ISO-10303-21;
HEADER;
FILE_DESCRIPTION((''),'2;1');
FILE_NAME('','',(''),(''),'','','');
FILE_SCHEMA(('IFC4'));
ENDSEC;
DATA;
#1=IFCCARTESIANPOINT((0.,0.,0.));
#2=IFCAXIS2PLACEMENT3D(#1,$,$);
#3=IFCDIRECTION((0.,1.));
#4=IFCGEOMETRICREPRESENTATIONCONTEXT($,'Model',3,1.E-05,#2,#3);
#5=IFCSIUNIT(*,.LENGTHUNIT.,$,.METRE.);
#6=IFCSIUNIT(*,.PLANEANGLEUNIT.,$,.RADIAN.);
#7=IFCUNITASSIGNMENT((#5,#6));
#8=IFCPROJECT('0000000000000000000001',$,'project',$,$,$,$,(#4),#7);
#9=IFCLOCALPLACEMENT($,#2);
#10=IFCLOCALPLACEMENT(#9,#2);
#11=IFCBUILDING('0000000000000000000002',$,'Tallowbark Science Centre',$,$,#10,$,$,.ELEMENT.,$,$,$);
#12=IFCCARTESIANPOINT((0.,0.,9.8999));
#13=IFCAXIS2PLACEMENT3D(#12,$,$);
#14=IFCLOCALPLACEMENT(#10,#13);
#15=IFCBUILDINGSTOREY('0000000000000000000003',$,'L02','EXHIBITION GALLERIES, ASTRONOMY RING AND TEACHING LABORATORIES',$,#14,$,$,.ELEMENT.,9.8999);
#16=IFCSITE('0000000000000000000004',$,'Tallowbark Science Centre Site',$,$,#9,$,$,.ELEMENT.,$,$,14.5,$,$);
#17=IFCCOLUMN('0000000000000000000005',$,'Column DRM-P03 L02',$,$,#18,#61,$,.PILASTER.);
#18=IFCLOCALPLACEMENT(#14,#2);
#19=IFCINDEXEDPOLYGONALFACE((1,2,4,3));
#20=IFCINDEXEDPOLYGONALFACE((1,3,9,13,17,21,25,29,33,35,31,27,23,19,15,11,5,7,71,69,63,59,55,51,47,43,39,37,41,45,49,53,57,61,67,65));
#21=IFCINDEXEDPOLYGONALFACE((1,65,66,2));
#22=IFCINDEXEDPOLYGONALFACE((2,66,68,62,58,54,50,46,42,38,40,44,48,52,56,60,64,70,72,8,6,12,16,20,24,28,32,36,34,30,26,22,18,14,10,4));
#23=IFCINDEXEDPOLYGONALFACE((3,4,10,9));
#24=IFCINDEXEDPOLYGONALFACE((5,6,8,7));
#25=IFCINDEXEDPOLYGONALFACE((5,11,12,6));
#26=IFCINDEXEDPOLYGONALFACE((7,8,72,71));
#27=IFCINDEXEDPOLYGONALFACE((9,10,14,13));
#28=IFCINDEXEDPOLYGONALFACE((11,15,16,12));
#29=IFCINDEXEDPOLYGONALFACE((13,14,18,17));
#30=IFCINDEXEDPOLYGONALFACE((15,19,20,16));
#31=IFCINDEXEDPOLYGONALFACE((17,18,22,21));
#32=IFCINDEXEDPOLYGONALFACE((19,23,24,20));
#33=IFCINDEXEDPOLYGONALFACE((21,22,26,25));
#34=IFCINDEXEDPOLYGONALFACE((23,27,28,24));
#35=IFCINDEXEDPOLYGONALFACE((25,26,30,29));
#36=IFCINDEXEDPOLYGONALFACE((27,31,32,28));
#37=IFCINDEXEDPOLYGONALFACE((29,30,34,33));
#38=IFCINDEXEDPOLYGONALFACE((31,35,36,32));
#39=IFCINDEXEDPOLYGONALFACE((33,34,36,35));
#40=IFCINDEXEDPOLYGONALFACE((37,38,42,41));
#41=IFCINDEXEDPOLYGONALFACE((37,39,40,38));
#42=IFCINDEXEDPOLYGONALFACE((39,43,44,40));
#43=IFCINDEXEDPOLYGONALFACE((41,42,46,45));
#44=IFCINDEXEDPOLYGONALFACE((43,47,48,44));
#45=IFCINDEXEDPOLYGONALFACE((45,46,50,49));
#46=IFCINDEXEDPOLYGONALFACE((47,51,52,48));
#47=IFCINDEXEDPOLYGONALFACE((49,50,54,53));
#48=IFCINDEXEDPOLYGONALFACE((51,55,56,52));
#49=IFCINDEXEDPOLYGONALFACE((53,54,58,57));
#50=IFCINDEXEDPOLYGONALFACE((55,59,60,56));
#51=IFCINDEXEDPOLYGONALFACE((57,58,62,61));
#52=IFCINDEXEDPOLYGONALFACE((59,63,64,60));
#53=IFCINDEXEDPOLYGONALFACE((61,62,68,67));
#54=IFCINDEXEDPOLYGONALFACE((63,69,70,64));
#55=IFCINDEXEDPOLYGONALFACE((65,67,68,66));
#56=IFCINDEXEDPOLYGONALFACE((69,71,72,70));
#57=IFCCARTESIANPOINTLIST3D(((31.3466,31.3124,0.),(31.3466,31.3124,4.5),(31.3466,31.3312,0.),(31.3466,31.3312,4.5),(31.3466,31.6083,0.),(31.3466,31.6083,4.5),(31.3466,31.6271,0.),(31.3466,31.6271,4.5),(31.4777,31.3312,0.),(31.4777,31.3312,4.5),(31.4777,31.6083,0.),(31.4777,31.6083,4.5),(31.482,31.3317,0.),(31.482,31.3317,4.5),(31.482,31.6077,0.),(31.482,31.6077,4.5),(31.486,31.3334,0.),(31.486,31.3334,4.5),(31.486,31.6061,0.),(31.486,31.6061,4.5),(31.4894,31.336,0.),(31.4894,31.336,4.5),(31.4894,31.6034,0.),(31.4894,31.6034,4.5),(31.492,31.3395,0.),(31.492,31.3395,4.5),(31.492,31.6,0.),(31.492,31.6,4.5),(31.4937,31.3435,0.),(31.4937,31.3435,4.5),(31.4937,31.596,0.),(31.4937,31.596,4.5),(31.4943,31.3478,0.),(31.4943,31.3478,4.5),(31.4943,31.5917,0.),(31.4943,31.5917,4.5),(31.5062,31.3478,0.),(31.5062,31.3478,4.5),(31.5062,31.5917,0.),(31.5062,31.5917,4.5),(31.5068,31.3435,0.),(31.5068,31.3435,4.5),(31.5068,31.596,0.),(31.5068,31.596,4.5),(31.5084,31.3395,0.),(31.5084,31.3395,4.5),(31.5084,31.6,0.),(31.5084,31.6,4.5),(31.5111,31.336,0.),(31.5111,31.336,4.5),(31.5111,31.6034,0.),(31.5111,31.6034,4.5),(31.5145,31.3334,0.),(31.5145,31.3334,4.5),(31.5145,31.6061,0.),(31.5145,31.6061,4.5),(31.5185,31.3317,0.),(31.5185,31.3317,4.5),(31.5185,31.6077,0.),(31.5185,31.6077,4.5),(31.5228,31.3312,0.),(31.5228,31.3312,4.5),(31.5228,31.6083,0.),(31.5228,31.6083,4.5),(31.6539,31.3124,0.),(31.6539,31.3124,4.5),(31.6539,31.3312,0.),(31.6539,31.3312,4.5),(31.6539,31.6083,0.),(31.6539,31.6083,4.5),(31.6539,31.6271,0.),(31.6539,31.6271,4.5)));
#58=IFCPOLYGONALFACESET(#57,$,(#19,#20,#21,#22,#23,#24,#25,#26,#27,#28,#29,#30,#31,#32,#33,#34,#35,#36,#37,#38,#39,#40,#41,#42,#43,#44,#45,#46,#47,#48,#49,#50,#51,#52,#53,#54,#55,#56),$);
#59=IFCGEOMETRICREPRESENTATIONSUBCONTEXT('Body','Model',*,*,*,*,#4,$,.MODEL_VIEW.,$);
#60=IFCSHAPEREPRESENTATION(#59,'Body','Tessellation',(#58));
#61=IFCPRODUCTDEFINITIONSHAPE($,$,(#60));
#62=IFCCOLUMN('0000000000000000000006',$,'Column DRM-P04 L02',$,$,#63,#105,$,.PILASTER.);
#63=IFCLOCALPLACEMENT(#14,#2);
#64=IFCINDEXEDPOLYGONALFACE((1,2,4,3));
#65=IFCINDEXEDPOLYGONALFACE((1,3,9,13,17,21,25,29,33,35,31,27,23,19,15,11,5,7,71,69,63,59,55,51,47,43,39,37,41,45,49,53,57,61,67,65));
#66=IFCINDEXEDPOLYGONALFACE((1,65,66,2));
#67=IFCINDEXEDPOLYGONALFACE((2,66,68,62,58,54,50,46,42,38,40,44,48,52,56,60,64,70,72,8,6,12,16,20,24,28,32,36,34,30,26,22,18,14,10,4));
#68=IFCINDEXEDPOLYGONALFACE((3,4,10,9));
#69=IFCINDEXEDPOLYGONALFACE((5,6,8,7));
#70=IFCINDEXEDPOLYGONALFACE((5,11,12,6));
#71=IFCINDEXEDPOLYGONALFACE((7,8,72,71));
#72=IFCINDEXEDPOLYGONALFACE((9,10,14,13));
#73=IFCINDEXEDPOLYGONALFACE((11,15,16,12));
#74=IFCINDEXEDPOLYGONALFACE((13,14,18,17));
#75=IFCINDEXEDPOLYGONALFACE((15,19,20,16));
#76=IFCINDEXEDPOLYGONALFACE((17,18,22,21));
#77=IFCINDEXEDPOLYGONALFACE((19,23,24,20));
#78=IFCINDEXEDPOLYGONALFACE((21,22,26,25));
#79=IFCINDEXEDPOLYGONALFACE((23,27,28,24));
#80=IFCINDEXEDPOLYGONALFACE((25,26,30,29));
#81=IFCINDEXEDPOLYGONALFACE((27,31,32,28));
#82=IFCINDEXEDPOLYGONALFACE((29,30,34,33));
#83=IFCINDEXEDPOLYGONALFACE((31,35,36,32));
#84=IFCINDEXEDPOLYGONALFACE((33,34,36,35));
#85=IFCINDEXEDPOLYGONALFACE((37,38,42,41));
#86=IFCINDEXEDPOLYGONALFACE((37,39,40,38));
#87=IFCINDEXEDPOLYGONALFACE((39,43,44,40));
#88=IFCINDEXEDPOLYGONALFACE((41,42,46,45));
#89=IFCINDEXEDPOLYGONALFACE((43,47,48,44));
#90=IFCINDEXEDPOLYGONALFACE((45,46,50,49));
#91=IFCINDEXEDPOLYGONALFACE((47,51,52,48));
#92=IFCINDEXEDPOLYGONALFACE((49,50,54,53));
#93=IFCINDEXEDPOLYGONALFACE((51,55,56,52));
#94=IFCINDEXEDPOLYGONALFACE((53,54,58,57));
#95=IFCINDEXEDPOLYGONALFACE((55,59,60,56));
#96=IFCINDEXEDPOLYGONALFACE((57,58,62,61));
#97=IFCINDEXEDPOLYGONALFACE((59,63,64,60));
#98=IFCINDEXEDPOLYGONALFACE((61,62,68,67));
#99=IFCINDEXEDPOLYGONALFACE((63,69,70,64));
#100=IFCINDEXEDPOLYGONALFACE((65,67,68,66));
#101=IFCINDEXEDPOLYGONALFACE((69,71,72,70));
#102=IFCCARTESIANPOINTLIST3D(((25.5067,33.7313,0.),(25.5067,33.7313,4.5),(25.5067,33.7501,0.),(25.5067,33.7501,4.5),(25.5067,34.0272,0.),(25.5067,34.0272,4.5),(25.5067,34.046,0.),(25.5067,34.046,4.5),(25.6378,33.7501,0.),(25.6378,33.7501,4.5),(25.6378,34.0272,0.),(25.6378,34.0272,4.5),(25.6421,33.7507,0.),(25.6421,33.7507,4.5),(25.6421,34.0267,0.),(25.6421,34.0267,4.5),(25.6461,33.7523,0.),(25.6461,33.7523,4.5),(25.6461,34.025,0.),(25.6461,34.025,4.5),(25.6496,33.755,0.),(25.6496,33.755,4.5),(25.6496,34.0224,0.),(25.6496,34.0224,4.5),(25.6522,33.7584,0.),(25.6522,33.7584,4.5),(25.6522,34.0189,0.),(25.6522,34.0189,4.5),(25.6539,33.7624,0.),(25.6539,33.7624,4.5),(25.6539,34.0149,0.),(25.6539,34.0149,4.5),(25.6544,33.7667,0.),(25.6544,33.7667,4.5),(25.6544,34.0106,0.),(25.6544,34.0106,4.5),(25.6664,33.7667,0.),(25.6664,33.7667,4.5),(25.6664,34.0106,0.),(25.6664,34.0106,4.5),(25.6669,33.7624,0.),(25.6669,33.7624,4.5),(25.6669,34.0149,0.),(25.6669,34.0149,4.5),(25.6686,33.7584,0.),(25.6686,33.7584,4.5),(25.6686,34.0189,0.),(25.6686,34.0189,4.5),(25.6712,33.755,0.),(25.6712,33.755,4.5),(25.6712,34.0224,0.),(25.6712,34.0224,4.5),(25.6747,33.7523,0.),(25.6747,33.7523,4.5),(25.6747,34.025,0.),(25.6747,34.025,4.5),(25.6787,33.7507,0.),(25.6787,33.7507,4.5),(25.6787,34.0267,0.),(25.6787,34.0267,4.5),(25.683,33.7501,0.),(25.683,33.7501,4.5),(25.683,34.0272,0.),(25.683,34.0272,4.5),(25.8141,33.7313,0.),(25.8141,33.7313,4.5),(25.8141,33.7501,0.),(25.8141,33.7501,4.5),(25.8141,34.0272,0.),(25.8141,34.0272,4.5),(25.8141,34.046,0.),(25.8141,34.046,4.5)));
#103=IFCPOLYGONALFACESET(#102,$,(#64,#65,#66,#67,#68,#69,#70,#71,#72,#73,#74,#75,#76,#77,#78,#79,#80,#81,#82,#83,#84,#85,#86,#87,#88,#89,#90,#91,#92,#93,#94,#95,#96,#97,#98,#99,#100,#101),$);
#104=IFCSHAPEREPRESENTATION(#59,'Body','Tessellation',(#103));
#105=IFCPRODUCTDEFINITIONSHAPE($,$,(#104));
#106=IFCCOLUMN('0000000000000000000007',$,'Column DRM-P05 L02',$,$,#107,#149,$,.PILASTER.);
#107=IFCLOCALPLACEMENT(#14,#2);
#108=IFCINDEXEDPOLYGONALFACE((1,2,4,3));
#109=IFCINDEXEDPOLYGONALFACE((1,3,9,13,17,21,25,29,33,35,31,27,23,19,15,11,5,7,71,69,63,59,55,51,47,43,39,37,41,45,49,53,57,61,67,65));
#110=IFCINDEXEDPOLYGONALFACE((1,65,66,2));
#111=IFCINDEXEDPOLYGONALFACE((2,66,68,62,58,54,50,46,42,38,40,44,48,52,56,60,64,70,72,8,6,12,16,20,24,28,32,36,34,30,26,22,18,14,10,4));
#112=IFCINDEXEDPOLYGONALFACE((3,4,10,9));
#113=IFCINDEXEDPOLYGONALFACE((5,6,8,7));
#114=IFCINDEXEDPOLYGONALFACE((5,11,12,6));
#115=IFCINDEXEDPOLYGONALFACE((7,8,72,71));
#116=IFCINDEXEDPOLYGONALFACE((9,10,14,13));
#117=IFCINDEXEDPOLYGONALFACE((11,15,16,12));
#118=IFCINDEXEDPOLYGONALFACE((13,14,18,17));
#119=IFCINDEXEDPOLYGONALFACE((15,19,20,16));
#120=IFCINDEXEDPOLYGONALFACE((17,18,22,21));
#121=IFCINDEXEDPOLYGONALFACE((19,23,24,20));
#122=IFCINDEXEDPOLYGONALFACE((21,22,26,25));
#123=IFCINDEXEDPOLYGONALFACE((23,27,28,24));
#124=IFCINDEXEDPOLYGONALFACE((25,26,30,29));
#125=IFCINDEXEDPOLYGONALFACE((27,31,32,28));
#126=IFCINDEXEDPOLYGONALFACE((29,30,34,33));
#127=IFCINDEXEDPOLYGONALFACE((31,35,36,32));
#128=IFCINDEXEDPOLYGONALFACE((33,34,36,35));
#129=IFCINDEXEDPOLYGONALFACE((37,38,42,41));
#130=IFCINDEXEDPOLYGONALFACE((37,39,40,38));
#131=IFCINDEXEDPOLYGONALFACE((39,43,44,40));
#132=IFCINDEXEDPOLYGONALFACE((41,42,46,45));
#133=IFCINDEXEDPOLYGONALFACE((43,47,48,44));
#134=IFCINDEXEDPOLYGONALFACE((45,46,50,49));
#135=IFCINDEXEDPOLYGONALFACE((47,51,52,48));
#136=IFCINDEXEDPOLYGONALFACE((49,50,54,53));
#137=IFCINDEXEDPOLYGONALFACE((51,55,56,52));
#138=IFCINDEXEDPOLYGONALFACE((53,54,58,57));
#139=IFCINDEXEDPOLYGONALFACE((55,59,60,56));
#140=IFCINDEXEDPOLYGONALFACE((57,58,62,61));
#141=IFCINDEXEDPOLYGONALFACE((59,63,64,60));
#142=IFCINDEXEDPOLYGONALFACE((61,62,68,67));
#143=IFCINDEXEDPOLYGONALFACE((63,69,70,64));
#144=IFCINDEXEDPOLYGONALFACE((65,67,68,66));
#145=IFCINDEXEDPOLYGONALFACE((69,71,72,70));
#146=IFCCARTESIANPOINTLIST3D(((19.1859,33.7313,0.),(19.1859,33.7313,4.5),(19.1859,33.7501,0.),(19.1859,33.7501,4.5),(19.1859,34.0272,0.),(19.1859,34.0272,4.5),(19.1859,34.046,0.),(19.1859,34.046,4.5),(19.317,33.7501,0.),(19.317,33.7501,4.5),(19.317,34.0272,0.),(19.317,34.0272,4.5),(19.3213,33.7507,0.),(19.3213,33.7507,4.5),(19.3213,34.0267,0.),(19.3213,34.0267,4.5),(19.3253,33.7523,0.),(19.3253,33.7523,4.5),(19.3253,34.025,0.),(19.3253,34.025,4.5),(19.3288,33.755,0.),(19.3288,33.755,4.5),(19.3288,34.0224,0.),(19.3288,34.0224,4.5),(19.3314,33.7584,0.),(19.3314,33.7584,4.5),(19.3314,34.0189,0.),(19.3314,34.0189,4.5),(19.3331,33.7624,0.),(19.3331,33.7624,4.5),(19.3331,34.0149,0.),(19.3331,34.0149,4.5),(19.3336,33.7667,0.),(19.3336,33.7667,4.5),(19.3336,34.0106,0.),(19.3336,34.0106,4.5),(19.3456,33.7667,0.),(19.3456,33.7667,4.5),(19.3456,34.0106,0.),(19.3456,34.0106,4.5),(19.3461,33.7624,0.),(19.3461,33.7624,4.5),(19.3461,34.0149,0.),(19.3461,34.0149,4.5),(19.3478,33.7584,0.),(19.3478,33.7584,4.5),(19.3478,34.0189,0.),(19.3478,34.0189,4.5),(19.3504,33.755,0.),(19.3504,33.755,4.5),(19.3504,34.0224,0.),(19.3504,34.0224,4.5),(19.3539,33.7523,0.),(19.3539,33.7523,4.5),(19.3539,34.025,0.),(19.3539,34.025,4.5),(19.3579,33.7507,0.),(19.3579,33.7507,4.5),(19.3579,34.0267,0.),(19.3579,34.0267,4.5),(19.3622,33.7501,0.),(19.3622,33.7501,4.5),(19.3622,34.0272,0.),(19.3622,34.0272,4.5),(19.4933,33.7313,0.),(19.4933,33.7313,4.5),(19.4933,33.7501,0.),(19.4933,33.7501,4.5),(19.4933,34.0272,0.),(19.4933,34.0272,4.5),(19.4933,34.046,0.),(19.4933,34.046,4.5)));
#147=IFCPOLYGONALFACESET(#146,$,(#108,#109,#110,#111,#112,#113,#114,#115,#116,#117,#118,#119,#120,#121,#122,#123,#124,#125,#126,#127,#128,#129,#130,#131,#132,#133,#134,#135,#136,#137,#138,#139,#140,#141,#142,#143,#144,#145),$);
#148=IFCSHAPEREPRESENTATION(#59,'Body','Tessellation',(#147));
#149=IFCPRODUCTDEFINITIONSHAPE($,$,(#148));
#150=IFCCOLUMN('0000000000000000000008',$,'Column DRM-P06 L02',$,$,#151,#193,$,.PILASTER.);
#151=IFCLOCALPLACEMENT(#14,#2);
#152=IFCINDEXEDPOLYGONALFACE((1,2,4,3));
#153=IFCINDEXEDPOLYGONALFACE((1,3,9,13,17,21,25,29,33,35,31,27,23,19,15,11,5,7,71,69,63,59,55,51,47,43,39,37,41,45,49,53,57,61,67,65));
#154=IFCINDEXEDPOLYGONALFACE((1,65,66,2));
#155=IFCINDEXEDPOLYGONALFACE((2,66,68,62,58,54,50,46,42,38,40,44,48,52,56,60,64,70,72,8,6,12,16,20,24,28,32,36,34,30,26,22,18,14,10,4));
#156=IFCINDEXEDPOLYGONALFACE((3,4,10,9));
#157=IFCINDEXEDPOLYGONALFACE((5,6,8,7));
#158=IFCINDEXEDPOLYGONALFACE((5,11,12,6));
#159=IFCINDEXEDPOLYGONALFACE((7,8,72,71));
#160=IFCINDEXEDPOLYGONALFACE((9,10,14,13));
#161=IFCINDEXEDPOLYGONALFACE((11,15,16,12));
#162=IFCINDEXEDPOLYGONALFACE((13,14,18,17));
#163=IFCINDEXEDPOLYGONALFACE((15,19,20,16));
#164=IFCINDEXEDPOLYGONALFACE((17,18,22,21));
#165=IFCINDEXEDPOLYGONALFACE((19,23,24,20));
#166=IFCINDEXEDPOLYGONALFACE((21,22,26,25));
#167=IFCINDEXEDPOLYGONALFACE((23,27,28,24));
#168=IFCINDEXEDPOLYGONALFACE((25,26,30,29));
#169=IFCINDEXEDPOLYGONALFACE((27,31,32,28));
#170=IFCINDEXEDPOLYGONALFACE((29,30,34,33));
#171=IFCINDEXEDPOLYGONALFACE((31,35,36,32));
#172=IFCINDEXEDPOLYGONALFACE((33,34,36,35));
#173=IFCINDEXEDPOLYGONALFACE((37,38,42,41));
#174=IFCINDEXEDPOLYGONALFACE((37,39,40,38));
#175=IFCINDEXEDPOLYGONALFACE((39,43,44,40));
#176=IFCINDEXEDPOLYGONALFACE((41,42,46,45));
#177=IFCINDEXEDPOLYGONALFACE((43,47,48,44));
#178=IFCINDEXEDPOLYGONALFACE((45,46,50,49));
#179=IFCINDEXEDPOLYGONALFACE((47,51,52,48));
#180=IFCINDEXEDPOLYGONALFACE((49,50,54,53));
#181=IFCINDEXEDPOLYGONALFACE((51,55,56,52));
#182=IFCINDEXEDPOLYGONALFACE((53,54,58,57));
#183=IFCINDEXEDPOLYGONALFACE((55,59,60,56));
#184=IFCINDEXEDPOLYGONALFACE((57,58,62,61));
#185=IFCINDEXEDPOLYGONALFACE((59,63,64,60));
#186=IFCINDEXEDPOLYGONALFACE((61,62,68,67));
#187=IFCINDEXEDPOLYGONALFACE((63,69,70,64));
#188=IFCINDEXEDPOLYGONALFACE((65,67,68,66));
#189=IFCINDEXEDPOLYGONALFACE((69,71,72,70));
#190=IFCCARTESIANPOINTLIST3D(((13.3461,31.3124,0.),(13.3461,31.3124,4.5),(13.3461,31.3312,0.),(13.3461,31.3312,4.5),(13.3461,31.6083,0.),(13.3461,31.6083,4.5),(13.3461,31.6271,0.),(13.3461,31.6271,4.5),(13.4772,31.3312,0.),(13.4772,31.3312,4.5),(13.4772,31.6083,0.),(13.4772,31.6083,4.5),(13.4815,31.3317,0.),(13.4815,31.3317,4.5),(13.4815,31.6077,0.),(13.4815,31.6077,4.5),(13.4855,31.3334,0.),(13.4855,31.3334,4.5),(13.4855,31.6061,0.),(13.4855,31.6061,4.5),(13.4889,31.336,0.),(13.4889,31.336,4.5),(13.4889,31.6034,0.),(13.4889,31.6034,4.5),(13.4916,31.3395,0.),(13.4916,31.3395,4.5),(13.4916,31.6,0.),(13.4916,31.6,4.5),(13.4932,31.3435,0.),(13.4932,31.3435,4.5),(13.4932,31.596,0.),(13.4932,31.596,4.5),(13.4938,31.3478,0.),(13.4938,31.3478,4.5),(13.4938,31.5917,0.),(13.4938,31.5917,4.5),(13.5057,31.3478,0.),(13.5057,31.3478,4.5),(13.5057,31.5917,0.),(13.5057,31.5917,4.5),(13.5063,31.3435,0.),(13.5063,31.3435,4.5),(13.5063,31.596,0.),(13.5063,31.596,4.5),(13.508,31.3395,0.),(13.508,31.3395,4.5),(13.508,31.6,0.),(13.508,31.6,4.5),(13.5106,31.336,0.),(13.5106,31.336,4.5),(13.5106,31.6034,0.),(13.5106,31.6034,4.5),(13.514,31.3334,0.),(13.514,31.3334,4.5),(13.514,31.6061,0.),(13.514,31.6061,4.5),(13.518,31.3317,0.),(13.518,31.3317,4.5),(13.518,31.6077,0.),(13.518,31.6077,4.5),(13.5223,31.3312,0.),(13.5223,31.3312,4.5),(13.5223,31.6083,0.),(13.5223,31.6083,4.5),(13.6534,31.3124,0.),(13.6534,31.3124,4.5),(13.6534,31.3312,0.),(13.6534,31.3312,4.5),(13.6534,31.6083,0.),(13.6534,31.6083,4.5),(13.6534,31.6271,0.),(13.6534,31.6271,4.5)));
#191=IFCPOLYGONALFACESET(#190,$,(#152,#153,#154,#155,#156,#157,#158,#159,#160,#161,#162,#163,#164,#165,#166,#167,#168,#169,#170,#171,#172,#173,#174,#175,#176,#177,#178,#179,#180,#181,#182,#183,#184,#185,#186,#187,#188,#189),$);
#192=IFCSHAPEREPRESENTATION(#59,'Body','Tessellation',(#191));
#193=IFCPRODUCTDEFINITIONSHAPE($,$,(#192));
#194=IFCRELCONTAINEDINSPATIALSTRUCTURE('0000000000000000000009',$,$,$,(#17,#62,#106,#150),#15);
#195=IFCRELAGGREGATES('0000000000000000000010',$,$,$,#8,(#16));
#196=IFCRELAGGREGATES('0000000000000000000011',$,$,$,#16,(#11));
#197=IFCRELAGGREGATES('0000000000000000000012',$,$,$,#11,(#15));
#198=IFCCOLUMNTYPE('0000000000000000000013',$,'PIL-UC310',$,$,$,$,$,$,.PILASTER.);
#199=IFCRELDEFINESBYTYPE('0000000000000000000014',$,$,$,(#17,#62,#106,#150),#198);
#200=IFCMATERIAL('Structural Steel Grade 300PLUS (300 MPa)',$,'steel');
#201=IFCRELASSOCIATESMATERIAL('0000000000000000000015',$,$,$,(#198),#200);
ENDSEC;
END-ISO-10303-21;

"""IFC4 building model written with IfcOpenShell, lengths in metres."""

from ifc_helpers import new_model, si_unit, direction, frame, origin, origin_2d, place, context, subcontext, project, spatial, i_section, extrude, material, material_profile, profile_set, type_object, element, save


model = new_model("IFC4")

# Units and contexts
model_context = context("Model", 3, precision=1e-05, world=origin(), true_north=direction((0.0, 1.0)))
body_context = subcontext(model_context, "Body", "Model", "MODEL_VIEW")
ifc_project = project(units=[si_unit("LENGTHUNIT", "METRE"), si_unit("PLANEANGLEUNIT", "RADIAN")], contexts=[model_context])

# Site, building, storey
site_placement = place(None, origin())
site = spatial("IfcSite", under=ifc_project, at=site_placement, Name="Tallowbark Science Centre Site", CompositionType="ELEMENT", RefElevation=14.5)
building_placement = place(site_placement, origin())
building = spatial("IfcBuilding", under=site, at=building_placement, Name="Tallowbark Science Centre", CompositionType="ELEMENT")
storey_placement = place(building_placement, frame((0.0, 0.0, 9.8999)))
storey = spatial("IfcBuildingStorey", under=building, at=storey_placement, Name="L02", Description="EXHIBITION GALLERIES, ASTRONOMY RING AND TEACHING LABORATORIES", CompositionType="ELEMENT", Elevation=9.8999)

# Columns
ifc_material_1 = material(Name="Structural Steel Grade 300PLUS (300 MPa)", Category="steel")
ifc_material_profile_1 = material_profile(ifc_material_1, i_section(OverallWidth=0.3074, OverallDepth=0.3147, WebThickness=0.012, FlangeThickness=0.0188, FilletRadius=0.0166, at=origin_2d()), Name="310UC118")
ifc_profile_set_1 = profile_set([ifc_material_profile_1], Name="Structural Steel Grade 300PLUS (300 MPa)")
column_type = type_object("IfcColumnType", Name="PIL-UC310", PredefinedType="PILASTER", material=ifc_profile_set_1)
for number, where, z_axis, x_axis, name in (
    (1, (31.5002, 31.4697, 0.0), (0.0, 0.0, 1.0), (1.0, 0.0, 0.0), "Column DRM-P03 L02"),
    (2, (25.6604, 33.8887, 0.0), (0.0, 0.0, 1.0), (1.0, 0.0, 0.0), "Column DRM-P04 L02"),
    (3, (19.3396, 33.8887, 0.0), (0.0, 0.0, 1.0), (1.0, 0.0, 0.0), "Column DRM-P05 L02"),
    (4, (13.4998, 31.4697, 0.0), (0.0, 0.0, 1.0), (1.0, 0.0, 0.0), "Column DRM-P06 L02"),
):
    element("IfcColumn", number, at=place(storey_placement, frame(where, z_axis=z_axis, x_axis=x_axis)), inside=storey, type_object=column_type, Name=name, PredefinedType="PILASTER", context=body_context, shape_type="SweptSolid", body=[
        extrude(i_section(OverallWidth=0.3074, OverallDepth=0.3147, WebThickness=0.012, FlangeThickness=0.0188, FilletRadius=0.0166, at=origin_2d()), origin(), (0.0, 0.0, 1.0), 4.5),
    ])

save(model, "model.ifc")
